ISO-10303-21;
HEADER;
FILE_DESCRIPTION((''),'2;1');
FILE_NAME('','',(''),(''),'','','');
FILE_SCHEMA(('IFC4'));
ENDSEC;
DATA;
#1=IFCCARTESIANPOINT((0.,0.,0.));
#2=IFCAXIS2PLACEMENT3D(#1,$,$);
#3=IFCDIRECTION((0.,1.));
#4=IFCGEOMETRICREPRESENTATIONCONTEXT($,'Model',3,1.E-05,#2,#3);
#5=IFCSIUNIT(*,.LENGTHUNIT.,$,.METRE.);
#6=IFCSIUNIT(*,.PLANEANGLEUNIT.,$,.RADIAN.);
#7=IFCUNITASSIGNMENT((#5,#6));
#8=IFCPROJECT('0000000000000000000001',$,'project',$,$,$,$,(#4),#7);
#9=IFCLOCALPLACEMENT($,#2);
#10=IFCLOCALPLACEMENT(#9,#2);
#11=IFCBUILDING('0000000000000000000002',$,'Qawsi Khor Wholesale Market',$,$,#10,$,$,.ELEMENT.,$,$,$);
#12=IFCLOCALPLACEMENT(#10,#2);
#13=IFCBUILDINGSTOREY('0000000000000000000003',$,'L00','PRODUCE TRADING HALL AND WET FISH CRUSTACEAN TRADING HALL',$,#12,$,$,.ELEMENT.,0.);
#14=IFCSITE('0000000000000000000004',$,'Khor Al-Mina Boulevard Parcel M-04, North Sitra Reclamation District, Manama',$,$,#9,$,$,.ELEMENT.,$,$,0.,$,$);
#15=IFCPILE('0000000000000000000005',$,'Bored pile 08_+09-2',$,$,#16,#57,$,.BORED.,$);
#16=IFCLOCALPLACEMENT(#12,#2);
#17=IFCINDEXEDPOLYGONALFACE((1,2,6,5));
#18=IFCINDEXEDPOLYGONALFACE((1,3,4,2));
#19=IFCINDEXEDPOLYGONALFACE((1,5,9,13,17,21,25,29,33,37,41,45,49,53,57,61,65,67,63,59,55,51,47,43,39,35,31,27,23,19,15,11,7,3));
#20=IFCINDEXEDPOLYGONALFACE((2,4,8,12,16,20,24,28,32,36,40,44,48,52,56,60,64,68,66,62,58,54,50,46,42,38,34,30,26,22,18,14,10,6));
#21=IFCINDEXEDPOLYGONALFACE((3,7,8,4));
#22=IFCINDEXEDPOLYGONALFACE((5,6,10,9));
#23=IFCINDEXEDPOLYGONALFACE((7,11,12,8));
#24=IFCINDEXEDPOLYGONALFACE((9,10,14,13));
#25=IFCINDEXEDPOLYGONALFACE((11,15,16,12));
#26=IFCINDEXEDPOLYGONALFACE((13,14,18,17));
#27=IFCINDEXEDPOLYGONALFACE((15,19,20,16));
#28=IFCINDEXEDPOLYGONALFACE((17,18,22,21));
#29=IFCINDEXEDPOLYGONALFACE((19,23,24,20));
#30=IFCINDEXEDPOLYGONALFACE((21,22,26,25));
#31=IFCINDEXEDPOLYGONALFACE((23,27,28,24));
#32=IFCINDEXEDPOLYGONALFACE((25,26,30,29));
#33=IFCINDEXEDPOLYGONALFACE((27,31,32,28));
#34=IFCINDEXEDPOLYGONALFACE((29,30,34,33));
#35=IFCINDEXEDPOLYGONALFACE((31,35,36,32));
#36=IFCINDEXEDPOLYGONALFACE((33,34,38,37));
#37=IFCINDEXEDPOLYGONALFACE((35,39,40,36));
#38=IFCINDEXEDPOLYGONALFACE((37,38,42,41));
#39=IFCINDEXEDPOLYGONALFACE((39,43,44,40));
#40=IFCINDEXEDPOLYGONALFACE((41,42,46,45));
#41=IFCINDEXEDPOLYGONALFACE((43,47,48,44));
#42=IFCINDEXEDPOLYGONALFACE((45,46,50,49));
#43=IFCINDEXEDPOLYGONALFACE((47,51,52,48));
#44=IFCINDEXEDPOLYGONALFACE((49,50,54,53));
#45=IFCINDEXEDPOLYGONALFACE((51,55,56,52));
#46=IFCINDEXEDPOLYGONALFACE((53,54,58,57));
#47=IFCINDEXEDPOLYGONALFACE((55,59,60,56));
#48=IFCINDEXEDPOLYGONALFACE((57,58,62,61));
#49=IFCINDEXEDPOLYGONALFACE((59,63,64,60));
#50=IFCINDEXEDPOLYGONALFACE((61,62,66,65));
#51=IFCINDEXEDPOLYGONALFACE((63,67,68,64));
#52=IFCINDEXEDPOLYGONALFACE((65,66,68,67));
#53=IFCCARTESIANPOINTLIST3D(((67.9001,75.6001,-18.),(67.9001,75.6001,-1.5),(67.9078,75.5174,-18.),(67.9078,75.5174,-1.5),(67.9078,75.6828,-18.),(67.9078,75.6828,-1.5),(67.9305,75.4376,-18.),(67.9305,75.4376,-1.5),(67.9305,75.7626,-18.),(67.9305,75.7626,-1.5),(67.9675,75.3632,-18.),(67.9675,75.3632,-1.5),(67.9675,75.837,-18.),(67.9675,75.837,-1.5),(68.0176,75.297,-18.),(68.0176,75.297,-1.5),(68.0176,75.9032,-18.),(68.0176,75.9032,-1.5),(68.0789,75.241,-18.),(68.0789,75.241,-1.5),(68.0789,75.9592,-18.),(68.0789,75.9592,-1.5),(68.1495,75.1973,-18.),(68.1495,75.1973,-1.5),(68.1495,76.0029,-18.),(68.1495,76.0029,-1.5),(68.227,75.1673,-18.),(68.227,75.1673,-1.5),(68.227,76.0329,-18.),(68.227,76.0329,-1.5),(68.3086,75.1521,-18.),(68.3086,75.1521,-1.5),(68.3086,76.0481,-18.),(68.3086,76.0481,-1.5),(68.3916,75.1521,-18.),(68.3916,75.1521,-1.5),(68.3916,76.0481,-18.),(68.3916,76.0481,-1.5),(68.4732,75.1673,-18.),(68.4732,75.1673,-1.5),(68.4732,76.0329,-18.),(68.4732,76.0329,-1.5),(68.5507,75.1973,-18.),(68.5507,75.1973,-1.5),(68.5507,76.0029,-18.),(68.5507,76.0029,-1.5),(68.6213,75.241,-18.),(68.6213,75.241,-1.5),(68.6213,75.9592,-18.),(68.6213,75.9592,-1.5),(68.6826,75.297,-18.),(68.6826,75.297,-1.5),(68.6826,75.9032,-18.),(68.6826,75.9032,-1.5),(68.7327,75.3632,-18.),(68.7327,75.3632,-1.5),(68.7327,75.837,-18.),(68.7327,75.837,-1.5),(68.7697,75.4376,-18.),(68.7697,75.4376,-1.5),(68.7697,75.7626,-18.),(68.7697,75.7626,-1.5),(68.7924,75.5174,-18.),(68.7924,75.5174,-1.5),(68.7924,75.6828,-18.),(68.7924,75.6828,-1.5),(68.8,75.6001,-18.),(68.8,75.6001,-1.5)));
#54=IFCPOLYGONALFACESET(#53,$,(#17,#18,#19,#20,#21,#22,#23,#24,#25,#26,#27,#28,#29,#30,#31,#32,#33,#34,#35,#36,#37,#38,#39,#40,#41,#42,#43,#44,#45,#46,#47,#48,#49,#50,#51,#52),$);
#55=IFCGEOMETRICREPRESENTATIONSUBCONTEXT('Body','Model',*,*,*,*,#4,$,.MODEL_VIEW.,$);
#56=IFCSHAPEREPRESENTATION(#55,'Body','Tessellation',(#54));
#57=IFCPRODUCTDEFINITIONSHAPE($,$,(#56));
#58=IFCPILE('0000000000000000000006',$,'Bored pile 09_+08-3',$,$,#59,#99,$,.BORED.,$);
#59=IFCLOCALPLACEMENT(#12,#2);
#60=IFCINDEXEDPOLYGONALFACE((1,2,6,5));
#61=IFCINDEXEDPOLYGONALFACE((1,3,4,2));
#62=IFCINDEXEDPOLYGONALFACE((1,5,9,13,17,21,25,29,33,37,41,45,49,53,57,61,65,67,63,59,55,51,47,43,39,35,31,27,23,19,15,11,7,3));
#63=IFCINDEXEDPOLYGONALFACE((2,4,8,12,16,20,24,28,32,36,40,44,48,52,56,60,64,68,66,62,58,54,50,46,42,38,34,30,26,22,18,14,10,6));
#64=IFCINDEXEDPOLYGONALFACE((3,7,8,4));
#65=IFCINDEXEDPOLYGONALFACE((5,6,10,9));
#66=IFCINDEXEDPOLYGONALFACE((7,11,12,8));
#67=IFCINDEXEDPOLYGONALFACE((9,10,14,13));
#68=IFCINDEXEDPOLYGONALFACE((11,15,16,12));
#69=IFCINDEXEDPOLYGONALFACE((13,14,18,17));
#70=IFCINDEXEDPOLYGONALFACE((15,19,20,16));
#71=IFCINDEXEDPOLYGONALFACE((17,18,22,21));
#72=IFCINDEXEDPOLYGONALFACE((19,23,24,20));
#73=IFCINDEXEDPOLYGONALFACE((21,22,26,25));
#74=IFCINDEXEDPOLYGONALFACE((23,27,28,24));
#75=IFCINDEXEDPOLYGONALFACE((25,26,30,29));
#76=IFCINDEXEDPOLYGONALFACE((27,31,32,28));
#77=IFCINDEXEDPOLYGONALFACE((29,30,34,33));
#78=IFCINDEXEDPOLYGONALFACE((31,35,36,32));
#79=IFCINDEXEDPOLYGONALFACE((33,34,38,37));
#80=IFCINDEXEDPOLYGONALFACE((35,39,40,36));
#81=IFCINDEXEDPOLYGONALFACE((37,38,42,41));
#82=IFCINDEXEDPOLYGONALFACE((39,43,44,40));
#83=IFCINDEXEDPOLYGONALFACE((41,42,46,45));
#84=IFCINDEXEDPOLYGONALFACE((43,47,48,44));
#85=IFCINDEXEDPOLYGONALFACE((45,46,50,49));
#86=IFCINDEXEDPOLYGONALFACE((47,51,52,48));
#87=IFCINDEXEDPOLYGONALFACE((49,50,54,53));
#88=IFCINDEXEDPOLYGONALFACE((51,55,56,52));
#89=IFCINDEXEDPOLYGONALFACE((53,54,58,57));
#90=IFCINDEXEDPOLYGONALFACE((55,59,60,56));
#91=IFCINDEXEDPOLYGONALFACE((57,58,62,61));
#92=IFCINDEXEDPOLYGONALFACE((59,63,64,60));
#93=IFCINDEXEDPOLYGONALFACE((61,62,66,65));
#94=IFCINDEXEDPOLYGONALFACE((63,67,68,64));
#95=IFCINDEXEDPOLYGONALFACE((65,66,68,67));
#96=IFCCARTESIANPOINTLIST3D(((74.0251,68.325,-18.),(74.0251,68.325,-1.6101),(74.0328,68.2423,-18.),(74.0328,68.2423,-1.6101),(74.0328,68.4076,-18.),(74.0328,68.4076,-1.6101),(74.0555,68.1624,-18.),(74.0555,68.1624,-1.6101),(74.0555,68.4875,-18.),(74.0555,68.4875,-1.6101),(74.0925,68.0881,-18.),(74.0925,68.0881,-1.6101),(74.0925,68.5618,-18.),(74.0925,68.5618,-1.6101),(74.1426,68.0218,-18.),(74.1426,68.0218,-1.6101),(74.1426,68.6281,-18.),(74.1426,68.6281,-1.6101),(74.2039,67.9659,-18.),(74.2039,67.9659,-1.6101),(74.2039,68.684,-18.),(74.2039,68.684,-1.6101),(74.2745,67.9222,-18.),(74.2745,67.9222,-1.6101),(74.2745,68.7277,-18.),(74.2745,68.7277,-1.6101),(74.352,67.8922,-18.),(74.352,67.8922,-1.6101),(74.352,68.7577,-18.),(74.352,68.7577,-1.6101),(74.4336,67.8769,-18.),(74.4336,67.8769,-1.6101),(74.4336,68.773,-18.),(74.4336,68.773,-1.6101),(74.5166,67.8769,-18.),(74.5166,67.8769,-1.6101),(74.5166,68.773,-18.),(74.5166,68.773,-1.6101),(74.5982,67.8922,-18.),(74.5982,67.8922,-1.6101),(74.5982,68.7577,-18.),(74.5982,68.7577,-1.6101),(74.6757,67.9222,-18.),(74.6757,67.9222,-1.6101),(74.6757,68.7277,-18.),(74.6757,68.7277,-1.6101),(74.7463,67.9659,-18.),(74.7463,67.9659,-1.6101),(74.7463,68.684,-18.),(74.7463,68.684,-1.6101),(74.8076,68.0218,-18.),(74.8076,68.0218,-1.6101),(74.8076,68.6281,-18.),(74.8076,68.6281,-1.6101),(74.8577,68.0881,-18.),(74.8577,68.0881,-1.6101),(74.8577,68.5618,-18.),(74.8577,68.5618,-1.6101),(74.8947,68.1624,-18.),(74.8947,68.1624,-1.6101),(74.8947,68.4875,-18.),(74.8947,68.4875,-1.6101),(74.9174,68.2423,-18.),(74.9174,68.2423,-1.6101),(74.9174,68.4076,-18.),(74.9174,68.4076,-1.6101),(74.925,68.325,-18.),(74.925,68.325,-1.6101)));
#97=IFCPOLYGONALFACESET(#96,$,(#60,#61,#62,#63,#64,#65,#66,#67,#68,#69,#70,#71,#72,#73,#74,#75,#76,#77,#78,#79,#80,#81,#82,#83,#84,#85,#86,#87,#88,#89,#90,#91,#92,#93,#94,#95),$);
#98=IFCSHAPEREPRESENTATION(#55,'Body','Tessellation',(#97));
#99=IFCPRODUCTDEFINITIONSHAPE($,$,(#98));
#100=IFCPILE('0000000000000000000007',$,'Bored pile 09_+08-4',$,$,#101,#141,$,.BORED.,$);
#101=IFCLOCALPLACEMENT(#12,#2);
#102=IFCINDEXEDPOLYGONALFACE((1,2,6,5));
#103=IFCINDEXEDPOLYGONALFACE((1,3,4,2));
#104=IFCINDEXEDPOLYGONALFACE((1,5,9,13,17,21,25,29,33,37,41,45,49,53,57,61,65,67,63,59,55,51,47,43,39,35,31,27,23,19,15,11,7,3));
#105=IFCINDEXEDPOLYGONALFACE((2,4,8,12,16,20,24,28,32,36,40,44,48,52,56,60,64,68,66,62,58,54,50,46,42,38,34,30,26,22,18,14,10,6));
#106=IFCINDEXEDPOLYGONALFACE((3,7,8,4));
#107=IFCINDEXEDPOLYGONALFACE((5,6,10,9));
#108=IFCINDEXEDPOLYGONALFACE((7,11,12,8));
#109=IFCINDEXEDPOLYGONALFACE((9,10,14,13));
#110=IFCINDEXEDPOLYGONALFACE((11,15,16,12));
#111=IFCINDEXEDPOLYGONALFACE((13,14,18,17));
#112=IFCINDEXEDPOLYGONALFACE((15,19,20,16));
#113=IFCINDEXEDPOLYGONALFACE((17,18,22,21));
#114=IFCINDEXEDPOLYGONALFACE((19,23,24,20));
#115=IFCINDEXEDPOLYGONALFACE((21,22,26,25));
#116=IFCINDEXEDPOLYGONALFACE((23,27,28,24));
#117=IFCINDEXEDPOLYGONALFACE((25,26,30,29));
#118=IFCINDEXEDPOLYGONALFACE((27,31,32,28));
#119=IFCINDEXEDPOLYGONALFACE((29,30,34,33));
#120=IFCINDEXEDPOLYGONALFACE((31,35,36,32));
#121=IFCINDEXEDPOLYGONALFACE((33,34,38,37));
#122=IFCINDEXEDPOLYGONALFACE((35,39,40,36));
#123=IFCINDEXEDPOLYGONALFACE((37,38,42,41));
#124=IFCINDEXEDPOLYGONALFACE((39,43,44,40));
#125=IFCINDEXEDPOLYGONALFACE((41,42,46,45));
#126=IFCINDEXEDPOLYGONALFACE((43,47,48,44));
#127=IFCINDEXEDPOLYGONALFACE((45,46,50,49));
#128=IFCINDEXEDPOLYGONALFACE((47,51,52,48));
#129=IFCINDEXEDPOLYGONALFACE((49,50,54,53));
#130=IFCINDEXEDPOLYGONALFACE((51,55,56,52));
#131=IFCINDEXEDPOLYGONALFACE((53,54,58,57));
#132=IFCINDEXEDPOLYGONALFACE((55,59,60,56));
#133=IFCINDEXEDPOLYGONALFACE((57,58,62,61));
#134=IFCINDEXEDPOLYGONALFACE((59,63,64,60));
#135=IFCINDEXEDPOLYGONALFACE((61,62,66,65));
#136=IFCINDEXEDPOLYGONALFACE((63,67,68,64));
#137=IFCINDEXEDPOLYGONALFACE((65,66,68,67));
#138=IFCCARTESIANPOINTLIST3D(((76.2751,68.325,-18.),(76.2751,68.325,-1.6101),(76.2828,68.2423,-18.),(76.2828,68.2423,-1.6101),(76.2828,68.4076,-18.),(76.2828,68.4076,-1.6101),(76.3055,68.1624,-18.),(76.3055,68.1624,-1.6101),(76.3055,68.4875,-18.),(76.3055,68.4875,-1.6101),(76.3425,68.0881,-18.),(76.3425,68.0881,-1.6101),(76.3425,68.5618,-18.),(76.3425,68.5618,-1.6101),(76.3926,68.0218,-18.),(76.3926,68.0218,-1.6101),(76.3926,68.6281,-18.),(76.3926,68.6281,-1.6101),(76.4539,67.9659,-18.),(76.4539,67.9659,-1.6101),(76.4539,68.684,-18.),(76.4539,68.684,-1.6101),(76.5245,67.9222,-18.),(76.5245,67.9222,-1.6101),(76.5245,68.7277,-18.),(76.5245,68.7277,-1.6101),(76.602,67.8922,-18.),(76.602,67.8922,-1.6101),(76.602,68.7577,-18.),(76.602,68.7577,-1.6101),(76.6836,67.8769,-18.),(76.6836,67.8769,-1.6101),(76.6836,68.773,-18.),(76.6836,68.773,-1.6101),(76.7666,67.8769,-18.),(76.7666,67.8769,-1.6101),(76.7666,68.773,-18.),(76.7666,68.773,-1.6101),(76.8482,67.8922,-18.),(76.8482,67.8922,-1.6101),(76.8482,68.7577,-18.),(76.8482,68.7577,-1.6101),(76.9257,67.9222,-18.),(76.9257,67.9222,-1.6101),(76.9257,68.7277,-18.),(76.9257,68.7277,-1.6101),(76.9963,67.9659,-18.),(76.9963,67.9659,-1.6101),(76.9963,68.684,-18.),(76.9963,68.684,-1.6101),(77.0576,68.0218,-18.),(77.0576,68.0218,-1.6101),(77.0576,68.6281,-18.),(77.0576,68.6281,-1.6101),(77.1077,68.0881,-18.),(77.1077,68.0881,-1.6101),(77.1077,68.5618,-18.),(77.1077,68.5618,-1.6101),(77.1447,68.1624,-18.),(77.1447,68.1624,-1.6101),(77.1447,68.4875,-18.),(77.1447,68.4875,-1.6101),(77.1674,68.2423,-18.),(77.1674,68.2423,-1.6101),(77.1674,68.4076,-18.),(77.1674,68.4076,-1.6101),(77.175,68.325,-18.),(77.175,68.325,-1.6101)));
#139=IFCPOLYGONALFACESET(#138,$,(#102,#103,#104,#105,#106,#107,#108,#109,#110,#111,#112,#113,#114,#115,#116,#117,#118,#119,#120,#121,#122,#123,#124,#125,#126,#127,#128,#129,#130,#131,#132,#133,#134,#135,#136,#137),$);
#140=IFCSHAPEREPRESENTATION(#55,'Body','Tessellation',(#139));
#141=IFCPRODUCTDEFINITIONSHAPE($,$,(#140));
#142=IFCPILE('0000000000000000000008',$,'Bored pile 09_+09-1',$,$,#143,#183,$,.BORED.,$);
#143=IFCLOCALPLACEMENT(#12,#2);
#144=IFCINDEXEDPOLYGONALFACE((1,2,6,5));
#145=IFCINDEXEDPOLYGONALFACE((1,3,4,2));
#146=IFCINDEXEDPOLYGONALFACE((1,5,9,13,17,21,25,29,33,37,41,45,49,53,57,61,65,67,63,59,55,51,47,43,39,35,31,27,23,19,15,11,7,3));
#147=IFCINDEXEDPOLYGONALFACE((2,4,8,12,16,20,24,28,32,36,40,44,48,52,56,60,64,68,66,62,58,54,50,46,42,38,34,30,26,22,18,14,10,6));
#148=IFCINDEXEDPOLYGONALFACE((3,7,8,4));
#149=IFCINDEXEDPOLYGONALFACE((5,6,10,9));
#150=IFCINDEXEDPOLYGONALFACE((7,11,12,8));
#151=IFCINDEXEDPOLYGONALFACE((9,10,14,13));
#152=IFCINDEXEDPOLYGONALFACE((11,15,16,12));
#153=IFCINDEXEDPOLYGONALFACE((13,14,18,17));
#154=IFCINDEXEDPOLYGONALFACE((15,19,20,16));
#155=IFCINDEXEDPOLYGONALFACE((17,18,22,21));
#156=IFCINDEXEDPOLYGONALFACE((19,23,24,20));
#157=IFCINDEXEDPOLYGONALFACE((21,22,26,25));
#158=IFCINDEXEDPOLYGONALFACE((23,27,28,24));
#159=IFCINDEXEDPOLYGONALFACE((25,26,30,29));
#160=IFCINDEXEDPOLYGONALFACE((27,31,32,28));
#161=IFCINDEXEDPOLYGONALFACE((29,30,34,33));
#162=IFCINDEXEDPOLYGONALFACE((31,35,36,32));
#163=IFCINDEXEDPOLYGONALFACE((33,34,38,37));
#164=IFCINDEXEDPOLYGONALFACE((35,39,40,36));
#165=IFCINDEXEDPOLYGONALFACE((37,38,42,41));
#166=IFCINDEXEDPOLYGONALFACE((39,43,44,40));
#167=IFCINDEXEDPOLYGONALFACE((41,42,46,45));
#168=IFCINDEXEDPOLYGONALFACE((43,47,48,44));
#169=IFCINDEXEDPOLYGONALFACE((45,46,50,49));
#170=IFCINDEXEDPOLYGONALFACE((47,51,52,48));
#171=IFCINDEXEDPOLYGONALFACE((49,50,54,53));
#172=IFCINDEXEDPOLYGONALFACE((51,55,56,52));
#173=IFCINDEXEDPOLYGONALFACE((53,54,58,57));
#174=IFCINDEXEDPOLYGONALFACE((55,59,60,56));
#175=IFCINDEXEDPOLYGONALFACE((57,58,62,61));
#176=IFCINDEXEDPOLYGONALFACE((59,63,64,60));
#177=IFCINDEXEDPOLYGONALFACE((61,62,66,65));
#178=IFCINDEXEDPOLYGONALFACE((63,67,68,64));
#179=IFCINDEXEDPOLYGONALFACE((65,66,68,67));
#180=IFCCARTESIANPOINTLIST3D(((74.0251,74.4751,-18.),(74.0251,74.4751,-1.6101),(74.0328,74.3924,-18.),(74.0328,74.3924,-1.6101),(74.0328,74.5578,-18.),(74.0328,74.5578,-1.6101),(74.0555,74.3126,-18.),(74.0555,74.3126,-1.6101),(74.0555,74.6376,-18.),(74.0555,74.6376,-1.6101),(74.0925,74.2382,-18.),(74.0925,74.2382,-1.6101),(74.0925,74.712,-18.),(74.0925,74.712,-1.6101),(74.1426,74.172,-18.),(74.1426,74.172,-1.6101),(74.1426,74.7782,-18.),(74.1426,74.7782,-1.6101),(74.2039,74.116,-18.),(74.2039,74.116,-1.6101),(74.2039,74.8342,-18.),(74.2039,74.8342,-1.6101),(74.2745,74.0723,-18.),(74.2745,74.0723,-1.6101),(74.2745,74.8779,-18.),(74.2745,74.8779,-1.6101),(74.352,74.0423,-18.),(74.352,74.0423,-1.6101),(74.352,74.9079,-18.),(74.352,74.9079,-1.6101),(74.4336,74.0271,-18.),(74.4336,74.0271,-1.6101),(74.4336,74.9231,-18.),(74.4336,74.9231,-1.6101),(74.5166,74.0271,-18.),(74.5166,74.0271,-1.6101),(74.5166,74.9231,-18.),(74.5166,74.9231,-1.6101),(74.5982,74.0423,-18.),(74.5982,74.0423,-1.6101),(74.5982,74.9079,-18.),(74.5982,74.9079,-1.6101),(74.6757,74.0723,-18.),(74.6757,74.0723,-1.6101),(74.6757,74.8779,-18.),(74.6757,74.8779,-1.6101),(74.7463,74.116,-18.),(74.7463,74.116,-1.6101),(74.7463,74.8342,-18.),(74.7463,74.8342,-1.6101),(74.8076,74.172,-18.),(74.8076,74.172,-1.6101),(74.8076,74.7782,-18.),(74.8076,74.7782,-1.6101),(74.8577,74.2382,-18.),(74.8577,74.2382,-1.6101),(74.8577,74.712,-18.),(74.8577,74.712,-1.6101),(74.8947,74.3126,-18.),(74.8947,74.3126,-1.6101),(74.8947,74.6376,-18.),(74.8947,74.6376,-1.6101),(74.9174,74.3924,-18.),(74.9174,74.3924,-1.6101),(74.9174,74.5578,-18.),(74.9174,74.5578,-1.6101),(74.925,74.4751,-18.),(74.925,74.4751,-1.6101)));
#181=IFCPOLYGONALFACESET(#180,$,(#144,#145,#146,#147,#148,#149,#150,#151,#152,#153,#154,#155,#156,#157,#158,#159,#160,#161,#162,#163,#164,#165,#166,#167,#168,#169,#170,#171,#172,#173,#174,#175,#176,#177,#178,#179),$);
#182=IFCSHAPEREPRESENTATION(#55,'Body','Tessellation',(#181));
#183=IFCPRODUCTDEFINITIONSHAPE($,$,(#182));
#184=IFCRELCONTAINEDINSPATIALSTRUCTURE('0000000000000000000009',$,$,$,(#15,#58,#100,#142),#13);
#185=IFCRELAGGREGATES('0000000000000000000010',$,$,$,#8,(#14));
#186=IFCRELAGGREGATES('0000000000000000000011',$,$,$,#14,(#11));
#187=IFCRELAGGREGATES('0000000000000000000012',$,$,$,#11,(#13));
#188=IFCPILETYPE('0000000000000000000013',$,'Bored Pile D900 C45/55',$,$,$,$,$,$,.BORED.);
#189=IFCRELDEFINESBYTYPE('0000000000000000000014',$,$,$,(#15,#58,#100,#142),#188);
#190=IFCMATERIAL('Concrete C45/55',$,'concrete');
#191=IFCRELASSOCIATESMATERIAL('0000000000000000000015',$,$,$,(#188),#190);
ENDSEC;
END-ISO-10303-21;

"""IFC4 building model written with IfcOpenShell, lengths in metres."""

from ifc_helpers import new_model, si_unit, direction, frame, origin, origin_2d, place, context, subcontext, project, spatial, circle, extrude, material, material_profile, profile_set, type_object, element, save


model = new_model("IFC4")

# Units and contexts
model_context = context("Model", 3, precision=1e-05, world=origin(), true_north=direction((0.0, 1.0)))
body_context = subcontext(model_context, "Body", "Model", "MODEL_VIEW")
ifc_project = project(units=[si_unit("LENGTHUNIT", "METRE"), si_unit("PLANEANGLEUNIT", "RADIAN")], contexts=[model_context])

# Site, building, storey
site_placement = place(None, origin())
site = spatial("IfcSite", under=ifc_project, at=site_placement, Name="Khor Al-Mina Boulevard Parcel M-04, North Sitra Reclamation District, Manama", CompositionType="ELEMENT", RefElevation=0.0)
building_placement = place(site_placement, origin())
building = spatial("IfcBuilding", under=site, at=building_placement, Name="Qawsi Khor Wholesale Market", CompositionType="ELEMENT")
storey_placement = place(building_placement, origin())
storey = spatial("IfcBuildingStorey", under=building, at=storey_placement, Name="L00", Description="PRODUCE TRADING HALL AND WET FISH CRUSTACEAN TRADING HALL", CompositionType="ELEMENT", Elevation=0.0)

# Piles
ifc_material_1 = material(Name="Concrete C45/55", Category="concrete")
ifc_material_profile_1 = material_profile(ifc_material_1, circle(Radius=0.45, at=origin_2d()), Name="PILE D900")
ifc_profile_set_1 = profile_set([ifc_material_profile_1], Name="Concrete C45/55")
pile_type = type_object("IfcPileType", Name="Bored Pile D900 C45/55", PredefinedType="BORED", material=ifc_profile_set_1)
pile_placement = place(storey_placement, frame((68.3501, 75.6001, -1.5), z_axis=(0.0, 0.0, -1.0), x_axis=(1.0, 0.0, 0.0)))
element("IfcPile", 1, at=pile_placement, inside=storey, type_object=pile_type, Name="Bored pile 08_+09-2", PredefinedType="BORED", context=body_context, shape_type="SweptSolid", body=[
    extrude(circle(Radius=0.45, at=origin_2d()), origin(), (0.0, 0.0, 1.0), 16.5),
])
for number, where, z_axis, x_axis, name in (
    (2, (74.4751, 68.325, -1.6101), (0.0, 0.0, -1.0), (1.0, 0.0, 0.0), "Bored pile 09_+08-3"),
    (3, (76.7251, 68.325, -1.6101), (0.0, 0.0, -1.0), (1.0, 0.0, 0.0), "Bored pile 09_+08-4"),
    (4, (74.4751, 74.4751, -1.6101), (0.0, 0.0, -1.0), (1.0, 0.0, 0.0), "Bored pile 09_+09-1"),
):
    element("IfcPile", number, at=place(storey_placement, frame(where, z_axis=z_axis, x_axis=x_axis)), inside=storey, type_object=pile_type, Name=name, PredefinedType="BORED", context=body_context, shape_type="SweptSolid", body=[
        extrude(circle(Radius=0.45, at=origin_2d()), origin(), (0.0, 0.0, 1.0), 16.3899),
    ])

save(model, "model.ifc")
